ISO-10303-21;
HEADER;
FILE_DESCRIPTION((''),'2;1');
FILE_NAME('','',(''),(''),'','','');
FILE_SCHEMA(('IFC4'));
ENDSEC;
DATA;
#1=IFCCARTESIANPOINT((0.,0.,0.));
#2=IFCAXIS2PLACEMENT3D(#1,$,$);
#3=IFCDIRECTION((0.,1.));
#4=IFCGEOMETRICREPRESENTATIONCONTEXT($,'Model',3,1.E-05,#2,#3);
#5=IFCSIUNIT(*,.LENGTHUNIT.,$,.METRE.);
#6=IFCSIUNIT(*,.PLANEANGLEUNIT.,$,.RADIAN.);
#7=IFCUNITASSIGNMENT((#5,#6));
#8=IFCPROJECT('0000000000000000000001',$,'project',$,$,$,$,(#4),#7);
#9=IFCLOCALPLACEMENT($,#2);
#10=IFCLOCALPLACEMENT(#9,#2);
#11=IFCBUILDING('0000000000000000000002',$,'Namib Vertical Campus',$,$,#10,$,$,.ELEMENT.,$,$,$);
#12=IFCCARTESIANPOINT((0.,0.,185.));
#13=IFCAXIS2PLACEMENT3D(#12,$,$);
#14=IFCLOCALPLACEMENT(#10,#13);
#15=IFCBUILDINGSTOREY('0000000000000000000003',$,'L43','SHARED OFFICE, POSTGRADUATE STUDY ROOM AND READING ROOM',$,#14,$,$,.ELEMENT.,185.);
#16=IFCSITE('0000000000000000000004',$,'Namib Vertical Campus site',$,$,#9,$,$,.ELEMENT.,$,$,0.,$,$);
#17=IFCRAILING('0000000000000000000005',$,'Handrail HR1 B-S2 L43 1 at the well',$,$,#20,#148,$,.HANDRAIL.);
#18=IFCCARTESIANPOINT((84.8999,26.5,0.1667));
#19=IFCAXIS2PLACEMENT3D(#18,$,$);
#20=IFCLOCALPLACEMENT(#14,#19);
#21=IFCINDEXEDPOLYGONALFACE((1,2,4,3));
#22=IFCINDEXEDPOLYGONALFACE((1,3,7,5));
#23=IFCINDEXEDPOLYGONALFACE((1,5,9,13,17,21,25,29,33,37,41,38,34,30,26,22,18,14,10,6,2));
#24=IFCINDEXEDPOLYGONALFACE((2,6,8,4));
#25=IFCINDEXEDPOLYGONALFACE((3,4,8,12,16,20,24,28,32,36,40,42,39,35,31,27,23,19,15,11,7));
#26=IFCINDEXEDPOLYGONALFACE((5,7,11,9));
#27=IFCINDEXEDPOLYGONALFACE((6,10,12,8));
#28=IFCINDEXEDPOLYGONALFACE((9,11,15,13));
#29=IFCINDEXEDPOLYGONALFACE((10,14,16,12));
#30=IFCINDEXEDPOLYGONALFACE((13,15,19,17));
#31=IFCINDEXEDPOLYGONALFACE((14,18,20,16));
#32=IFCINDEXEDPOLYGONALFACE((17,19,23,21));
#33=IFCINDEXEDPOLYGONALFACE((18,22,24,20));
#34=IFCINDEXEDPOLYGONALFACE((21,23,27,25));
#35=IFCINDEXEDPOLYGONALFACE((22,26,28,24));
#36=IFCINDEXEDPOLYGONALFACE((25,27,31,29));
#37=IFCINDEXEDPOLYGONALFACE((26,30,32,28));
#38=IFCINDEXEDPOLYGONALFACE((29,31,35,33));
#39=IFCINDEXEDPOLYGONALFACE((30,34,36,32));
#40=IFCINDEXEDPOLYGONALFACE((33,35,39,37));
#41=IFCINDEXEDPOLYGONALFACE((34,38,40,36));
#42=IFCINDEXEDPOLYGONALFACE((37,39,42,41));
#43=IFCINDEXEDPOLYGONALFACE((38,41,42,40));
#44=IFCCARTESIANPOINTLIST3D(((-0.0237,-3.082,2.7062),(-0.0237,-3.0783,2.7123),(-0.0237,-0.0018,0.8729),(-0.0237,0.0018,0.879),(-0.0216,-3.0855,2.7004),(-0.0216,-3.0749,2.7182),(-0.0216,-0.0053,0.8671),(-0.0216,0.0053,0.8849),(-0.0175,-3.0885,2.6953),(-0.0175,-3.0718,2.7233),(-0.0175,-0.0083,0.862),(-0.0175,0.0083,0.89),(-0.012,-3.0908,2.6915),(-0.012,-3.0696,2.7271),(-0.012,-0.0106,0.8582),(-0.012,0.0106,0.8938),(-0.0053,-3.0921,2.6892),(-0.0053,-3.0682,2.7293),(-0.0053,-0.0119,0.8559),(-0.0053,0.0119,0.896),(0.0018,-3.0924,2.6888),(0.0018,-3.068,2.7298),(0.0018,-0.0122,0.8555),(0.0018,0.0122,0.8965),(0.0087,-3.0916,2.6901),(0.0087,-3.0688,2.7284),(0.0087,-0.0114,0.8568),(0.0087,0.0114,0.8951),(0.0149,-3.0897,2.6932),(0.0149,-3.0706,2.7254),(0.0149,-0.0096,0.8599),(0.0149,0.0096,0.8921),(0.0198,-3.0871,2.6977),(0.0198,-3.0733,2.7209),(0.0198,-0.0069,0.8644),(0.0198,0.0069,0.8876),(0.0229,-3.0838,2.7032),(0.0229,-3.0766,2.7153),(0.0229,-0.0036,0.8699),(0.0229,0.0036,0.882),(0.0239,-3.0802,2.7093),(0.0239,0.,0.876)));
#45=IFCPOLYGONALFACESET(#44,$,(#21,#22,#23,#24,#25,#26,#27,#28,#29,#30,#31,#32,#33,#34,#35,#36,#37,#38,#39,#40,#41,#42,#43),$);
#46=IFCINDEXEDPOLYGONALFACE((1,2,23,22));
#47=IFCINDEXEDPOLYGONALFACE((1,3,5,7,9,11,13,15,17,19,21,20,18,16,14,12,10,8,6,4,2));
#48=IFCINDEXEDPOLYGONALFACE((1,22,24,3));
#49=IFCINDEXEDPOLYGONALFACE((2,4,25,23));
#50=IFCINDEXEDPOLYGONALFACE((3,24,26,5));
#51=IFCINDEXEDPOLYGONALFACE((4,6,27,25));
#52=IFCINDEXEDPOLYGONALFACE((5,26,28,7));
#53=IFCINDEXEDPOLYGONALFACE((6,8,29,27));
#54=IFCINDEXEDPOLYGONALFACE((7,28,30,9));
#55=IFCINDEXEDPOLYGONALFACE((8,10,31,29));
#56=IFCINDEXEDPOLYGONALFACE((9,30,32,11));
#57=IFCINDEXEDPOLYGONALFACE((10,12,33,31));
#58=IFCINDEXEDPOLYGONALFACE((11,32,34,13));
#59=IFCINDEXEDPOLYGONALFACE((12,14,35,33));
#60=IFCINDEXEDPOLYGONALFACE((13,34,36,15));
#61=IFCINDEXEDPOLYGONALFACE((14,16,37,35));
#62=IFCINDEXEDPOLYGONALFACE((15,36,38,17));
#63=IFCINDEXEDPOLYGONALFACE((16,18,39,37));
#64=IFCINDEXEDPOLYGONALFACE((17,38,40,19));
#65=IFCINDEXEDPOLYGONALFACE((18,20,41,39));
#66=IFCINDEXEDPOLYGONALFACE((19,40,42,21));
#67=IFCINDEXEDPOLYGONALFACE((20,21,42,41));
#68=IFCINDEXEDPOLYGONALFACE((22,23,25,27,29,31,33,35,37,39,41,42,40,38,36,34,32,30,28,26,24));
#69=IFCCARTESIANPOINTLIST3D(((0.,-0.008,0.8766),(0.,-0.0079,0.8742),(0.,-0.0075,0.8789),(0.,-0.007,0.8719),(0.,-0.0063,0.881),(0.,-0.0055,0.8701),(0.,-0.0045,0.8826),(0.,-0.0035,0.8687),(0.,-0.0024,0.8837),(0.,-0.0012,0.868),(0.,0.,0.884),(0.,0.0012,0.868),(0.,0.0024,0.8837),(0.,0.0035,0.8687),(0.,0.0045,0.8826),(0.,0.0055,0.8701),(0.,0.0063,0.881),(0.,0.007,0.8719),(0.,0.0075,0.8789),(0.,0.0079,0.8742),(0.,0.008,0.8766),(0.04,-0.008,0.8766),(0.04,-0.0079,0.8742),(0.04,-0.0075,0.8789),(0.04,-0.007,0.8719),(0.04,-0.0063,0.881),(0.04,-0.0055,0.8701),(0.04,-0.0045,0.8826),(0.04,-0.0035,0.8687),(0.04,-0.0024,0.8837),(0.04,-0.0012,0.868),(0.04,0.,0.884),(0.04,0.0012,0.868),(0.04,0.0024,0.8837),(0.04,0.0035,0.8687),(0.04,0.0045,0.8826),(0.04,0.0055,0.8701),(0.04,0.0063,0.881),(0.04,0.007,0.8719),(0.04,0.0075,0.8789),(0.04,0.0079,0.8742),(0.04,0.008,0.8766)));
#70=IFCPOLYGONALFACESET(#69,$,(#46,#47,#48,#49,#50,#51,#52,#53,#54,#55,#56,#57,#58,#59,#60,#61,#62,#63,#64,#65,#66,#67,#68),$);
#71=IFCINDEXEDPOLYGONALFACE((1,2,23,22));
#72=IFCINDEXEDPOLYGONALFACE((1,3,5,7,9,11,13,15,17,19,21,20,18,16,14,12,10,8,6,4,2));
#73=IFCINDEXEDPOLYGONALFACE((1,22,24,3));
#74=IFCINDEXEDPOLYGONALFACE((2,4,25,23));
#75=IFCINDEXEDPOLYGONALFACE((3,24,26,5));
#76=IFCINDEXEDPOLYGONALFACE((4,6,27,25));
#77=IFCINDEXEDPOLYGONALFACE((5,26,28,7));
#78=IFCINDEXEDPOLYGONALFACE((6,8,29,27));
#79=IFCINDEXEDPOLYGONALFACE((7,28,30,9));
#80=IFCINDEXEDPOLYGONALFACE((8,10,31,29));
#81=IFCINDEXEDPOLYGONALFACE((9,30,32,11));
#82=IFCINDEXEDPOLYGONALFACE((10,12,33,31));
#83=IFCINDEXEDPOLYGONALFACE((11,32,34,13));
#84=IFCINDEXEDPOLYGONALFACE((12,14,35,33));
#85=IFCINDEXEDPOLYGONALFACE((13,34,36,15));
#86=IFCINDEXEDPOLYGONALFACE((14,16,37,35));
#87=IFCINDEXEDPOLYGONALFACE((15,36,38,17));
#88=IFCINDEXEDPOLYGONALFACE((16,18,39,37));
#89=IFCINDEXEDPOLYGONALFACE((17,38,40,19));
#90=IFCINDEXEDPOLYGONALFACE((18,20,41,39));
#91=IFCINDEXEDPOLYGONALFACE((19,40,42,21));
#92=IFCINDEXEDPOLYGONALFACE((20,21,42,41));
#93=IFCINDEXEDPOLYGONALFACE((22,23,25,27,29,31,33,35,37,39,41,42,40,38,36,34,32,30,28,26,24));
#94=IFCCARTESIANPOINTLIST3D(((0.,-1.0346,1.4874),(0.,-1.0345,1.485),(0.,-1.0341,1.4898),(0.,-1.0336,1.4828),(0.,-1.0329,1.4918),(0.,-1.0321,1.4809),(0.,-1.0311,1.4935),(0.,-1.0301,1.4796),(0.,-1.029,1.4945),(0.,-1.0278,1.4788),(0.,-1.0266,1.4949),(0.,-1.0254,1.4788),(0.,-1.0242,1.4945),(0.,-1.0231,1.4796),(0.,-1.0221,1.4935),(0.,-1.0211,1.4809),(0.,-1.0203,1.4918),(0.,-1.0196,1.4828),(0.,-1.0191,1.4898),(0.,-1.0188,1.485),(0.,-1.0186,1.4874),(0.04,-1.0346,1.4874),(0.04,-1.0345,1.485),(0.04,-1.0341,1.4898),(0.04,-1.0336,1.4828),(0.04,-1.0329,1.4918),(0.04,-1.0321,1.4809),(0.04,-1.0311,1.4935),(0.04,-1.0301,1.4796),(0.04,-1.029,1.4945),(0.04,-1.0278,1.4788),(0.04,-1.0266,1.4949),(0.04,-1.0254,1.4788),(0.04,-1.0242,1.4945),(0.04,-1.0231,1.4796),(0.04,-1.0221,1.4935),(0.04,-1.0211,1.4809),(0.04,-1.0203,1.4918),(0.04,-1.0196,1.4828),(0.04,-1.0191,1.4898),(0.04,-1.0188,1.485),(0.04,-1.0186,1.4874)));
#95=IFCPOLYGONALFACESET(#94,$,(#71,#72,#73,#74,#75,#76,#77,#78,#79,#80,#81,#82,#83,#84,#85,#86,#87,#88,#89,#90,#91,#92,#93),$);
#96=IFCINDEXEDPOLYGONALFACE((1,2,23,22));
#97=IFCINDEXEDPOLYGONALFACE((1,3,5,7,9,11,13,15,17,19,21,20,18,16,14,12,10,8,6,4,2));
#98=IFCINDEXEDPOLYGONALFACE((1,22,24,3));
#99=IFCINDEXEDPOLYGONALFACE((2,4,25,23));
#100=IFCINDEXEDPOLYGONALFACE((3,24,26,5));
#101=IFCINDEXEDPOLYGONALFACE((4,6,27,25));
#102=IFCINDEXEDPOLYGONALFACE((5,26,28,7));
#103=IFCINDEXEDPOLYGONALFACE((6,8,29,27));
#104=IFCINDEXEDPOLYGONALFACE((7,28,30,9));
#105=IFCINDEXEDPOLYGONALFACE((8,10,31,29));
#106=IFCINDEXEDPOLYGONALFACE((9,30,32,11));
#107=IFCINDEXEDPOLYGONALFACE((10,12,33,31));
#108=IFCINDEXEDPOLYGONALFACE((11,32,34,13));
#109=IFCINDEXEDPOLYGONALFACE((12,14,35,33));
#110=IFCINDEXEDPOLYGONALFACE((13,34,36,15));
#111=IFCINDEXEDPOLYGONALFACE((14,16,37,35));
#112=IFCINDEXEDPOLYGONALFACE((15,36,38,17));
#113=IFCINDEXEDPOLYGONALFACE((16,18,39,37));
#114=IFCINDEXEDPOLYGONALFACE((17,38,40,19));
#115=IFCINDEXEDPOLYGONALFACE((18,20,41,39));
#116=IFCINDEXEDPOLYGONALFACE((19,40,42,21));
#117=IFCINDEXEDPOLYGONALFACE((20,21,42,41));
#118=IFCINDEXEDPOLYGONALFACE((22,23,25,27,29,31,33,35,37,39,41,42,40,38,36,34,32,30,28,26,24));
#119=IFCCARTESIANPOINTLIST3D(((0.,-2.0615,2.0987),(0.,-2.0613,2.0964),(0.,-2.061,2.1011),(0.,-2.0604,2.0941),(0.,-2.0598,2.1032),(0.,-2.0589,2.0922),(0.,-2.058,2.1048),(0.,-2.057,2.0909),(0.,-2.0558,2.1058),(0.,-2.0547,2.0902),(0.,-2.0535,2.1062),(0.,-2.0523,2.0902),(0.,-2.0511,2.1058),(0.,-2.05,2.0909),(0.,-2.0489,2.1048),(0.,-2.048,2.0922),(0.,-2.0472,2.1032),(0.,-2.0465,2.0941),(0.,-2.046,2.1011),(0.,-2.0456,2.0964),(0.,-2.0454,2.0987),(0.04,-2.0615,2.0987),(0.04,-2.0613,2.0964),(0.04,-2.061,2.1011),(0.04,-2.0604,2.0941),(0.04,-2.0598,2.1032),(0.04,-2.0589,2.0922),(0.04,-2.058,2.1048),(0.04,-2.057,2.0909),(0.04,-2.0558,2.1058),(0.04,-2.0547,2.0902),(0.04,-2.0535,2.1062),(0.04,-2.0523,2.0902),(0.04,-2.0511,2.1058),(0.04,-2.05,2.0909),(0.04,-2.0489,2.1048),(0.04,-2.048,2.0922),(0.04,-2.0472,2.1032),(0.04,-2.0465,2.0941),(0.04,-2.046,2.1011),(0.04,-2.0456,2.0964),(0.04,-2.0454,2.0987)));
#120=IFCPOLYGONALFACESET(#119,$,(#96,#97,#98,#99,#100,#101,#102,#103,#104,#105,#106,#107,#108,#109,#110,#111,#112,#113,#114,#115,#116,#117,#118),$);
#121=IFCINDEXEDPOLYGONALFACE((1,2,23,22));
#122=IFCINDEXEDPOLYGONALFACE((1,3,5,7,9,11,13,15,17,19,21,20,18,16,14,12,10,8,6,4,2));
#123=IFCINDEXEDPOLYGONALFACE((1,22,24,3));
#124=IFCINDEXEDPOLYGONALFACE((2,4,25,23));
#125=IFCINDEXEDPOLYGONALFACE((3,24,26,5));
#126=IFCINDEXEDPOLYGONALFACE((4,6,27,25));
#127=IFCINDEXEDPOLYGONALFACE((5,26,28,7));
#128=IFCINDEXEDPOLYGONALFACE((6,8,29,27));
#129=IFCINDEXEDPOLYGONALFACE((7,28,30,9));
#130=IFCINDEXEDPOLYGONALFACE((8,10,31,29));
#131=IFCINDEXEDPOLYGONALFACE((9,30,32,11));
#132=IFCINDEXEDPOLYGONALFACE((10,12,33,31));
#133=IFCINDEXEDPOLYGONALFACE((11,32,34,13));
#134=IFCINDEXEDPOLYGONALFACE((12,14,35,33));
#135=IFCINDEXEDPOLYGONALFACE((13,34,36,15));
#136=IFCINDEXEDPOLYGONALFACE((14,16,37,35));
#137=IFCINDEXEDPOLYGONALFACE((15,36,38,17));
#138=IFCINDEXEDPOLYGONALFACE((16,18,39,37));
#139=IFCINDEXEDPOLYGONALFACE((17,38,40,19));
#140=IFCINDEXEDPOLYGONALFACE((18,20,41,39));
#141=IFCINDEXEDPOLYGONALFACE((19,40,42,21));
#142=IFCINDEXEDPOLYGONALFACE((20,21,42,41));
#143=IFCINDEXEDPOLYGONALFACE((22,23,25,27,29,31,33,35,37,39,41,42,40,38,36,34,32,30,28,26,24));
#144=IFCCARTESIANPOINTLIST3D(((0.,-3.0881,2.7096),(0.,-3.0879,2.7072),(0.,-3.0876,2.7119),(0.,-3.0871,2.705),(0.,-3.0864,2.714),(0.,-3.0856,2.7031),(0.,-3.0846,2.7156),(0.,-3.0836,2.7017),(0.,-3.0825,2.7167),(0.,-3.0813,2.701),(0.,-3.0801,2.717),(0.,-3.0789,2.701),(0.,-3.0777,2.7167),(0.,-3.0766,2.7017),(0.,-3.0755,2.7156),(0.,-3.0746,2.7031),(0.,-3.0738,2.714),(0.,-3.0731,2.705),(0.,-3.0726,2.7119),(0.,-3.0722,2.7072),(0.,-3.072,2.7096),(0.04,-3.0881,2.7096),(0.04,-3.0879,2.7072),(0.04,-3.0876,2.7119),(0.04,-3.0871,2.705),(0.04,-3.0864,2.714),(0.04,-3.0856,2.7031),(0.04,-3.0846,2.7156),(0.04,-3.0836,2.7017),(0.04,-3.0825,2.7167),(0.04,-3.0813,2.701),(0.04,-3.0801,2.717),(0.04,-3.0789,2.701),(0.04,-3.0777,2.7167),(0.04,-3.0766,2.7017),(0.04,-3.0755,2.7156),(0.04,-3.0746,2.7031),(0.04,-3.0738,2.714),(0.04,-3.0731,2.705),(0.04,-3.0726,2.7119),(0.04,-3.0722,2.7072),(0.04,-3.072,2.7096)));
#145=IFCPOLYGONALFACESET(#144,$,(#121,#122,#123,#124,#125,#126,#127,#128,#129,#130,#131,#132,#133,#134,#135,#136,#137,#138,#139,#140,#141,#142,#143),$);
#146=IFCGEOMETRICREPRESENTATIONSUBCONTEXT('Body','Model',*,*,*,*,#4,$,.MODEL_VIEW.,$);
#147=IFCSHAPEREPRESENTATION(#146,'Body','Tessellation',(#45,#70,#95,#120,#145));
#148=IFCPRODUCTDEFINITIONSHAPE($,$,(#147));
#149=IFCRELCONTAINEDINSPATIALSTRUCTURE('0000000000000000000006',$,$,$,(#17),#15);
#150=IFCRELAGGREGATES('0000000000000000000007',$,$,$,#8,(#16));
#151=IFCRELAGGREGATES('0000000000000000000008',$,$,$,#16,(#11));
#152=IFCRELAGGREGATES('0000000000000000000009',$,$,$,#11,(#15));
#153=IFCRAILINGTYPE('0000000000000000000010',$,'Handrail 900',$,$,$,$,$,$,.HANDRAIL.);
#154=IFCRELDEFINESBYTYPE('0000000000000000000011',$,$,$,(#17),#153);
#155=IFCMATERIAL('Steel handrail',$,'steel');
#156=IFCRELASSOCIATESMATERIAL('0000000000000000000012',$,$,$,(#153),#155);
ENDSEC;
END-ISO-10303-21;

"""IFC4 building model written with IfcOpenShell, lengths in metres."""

from ifc_helpers import new_model, si_unit, direction, frame, origin, origin_2d, place, context, subcontext, project, spatial, circle, extrude, material, type_object, element, save


model = new_model("IFC4")

# Units and contexts
model_context = context("Model", 3, precision=1e-05, world=origin(), true_north=direction((0.0, 1.0)))
body_context = subcontext(model_context, "Body", "Model", "MODEL_VIEW")
ifc_project = project(units=[si_unit("LENGTHUNIT", "METRE"), si_unit("PLANEANGLEUNIT", "RADIAN")], contexts=[model_context])

# Site, building, storey
site_placement = place(None, origin())
site = spatial("IfcSite", under=ifc_project, at=site_placement, Name="Namib Vertical Campus site", CompositionType="ELEMENT", RefElevation=0.0)
building_placement = place(site_placement, origin())
building = spatial("IfcBuilding", under=site, at=building_placement, Name="Namib Vertical Campus", CompositionType="ELEMENT")
storey_placement = place(building_placement, frame((0.0, 0.0, 185.0)))
storey = spatial("IfcBuildingStorey", under=building, at=storey_placement, Name="L43", Description="SHARED OFFICE, POSTGRADUATE STUDY ROOM AND READING ROOM", CompositionType="ELEMENT", Elevation=185.0)

# Railing
ifc_material_1 = material(Name="Steel handrail", Category="steel")
railing_type_1 = type_object("IfcRailingType", Name="Handrail 900", PredefinedType="HANDRAIL", material=ifc_material_1)
railing_1_placement = place(storey_placement, frame((84.8999, 26.5, 0.1667)))
element("IfcRailing", 1, at=railing_1_placement, inside=storey, type_object=railing_type_1, Name="Handrail HR1 B-S2 L43 1 at the well", PredefinedType="HANDRAIL", context=body_context, shape_type="SweptSolid", body=[
    extrude(circle(Radius=0.0239, at=origin_2d()), frame((0.0, 0.0, 0.876), z_axis=(0.0, -0.859309, 0.511458), x_axis=(1.0, 0.0, 0.0)), (0.0, 0.0, 1.0), 3.5845),
    extrude(circle(Radius=0.0081, at=origin_2d()), frame((0.0, 0.0, 0.876), z_axis=(1.0, 0.0, 0.0), x_axis=(0.0, 0.0, 1.0)), (0.0, 0.0, 1.0), 0.04),
    extrude(circle(Radius=0.0081, at=origin_2d()), frame((0.0, -1.0266, 1.4868), z_axis=(1.0, 0.0, 0.0), x_axis=(0.0, 0.0, 1.0)), (0.0, 0.0, 1.0), 0.04),
    extrude(circle(Radius=0.0081, at=origin_2d()), frame((0.0, -2.0535, 2.0981), z_axis=(1.0, 0.0, 0.0), x_axis=(0.0, 0.0, 1.0)), (0.0, 0.0, 1.0), 0.04),
    extrude(circle(Radius=0.0081, at=origin_2d()), frame((0.0, -3.0801, 2.709), z_axis=(1.0, 0.0, 0.0), x_axis=(0.0, 0.0, 1.0)), (0.0, 0.0, 1.0), 0.04),
])

save(model, "model.ifc")
